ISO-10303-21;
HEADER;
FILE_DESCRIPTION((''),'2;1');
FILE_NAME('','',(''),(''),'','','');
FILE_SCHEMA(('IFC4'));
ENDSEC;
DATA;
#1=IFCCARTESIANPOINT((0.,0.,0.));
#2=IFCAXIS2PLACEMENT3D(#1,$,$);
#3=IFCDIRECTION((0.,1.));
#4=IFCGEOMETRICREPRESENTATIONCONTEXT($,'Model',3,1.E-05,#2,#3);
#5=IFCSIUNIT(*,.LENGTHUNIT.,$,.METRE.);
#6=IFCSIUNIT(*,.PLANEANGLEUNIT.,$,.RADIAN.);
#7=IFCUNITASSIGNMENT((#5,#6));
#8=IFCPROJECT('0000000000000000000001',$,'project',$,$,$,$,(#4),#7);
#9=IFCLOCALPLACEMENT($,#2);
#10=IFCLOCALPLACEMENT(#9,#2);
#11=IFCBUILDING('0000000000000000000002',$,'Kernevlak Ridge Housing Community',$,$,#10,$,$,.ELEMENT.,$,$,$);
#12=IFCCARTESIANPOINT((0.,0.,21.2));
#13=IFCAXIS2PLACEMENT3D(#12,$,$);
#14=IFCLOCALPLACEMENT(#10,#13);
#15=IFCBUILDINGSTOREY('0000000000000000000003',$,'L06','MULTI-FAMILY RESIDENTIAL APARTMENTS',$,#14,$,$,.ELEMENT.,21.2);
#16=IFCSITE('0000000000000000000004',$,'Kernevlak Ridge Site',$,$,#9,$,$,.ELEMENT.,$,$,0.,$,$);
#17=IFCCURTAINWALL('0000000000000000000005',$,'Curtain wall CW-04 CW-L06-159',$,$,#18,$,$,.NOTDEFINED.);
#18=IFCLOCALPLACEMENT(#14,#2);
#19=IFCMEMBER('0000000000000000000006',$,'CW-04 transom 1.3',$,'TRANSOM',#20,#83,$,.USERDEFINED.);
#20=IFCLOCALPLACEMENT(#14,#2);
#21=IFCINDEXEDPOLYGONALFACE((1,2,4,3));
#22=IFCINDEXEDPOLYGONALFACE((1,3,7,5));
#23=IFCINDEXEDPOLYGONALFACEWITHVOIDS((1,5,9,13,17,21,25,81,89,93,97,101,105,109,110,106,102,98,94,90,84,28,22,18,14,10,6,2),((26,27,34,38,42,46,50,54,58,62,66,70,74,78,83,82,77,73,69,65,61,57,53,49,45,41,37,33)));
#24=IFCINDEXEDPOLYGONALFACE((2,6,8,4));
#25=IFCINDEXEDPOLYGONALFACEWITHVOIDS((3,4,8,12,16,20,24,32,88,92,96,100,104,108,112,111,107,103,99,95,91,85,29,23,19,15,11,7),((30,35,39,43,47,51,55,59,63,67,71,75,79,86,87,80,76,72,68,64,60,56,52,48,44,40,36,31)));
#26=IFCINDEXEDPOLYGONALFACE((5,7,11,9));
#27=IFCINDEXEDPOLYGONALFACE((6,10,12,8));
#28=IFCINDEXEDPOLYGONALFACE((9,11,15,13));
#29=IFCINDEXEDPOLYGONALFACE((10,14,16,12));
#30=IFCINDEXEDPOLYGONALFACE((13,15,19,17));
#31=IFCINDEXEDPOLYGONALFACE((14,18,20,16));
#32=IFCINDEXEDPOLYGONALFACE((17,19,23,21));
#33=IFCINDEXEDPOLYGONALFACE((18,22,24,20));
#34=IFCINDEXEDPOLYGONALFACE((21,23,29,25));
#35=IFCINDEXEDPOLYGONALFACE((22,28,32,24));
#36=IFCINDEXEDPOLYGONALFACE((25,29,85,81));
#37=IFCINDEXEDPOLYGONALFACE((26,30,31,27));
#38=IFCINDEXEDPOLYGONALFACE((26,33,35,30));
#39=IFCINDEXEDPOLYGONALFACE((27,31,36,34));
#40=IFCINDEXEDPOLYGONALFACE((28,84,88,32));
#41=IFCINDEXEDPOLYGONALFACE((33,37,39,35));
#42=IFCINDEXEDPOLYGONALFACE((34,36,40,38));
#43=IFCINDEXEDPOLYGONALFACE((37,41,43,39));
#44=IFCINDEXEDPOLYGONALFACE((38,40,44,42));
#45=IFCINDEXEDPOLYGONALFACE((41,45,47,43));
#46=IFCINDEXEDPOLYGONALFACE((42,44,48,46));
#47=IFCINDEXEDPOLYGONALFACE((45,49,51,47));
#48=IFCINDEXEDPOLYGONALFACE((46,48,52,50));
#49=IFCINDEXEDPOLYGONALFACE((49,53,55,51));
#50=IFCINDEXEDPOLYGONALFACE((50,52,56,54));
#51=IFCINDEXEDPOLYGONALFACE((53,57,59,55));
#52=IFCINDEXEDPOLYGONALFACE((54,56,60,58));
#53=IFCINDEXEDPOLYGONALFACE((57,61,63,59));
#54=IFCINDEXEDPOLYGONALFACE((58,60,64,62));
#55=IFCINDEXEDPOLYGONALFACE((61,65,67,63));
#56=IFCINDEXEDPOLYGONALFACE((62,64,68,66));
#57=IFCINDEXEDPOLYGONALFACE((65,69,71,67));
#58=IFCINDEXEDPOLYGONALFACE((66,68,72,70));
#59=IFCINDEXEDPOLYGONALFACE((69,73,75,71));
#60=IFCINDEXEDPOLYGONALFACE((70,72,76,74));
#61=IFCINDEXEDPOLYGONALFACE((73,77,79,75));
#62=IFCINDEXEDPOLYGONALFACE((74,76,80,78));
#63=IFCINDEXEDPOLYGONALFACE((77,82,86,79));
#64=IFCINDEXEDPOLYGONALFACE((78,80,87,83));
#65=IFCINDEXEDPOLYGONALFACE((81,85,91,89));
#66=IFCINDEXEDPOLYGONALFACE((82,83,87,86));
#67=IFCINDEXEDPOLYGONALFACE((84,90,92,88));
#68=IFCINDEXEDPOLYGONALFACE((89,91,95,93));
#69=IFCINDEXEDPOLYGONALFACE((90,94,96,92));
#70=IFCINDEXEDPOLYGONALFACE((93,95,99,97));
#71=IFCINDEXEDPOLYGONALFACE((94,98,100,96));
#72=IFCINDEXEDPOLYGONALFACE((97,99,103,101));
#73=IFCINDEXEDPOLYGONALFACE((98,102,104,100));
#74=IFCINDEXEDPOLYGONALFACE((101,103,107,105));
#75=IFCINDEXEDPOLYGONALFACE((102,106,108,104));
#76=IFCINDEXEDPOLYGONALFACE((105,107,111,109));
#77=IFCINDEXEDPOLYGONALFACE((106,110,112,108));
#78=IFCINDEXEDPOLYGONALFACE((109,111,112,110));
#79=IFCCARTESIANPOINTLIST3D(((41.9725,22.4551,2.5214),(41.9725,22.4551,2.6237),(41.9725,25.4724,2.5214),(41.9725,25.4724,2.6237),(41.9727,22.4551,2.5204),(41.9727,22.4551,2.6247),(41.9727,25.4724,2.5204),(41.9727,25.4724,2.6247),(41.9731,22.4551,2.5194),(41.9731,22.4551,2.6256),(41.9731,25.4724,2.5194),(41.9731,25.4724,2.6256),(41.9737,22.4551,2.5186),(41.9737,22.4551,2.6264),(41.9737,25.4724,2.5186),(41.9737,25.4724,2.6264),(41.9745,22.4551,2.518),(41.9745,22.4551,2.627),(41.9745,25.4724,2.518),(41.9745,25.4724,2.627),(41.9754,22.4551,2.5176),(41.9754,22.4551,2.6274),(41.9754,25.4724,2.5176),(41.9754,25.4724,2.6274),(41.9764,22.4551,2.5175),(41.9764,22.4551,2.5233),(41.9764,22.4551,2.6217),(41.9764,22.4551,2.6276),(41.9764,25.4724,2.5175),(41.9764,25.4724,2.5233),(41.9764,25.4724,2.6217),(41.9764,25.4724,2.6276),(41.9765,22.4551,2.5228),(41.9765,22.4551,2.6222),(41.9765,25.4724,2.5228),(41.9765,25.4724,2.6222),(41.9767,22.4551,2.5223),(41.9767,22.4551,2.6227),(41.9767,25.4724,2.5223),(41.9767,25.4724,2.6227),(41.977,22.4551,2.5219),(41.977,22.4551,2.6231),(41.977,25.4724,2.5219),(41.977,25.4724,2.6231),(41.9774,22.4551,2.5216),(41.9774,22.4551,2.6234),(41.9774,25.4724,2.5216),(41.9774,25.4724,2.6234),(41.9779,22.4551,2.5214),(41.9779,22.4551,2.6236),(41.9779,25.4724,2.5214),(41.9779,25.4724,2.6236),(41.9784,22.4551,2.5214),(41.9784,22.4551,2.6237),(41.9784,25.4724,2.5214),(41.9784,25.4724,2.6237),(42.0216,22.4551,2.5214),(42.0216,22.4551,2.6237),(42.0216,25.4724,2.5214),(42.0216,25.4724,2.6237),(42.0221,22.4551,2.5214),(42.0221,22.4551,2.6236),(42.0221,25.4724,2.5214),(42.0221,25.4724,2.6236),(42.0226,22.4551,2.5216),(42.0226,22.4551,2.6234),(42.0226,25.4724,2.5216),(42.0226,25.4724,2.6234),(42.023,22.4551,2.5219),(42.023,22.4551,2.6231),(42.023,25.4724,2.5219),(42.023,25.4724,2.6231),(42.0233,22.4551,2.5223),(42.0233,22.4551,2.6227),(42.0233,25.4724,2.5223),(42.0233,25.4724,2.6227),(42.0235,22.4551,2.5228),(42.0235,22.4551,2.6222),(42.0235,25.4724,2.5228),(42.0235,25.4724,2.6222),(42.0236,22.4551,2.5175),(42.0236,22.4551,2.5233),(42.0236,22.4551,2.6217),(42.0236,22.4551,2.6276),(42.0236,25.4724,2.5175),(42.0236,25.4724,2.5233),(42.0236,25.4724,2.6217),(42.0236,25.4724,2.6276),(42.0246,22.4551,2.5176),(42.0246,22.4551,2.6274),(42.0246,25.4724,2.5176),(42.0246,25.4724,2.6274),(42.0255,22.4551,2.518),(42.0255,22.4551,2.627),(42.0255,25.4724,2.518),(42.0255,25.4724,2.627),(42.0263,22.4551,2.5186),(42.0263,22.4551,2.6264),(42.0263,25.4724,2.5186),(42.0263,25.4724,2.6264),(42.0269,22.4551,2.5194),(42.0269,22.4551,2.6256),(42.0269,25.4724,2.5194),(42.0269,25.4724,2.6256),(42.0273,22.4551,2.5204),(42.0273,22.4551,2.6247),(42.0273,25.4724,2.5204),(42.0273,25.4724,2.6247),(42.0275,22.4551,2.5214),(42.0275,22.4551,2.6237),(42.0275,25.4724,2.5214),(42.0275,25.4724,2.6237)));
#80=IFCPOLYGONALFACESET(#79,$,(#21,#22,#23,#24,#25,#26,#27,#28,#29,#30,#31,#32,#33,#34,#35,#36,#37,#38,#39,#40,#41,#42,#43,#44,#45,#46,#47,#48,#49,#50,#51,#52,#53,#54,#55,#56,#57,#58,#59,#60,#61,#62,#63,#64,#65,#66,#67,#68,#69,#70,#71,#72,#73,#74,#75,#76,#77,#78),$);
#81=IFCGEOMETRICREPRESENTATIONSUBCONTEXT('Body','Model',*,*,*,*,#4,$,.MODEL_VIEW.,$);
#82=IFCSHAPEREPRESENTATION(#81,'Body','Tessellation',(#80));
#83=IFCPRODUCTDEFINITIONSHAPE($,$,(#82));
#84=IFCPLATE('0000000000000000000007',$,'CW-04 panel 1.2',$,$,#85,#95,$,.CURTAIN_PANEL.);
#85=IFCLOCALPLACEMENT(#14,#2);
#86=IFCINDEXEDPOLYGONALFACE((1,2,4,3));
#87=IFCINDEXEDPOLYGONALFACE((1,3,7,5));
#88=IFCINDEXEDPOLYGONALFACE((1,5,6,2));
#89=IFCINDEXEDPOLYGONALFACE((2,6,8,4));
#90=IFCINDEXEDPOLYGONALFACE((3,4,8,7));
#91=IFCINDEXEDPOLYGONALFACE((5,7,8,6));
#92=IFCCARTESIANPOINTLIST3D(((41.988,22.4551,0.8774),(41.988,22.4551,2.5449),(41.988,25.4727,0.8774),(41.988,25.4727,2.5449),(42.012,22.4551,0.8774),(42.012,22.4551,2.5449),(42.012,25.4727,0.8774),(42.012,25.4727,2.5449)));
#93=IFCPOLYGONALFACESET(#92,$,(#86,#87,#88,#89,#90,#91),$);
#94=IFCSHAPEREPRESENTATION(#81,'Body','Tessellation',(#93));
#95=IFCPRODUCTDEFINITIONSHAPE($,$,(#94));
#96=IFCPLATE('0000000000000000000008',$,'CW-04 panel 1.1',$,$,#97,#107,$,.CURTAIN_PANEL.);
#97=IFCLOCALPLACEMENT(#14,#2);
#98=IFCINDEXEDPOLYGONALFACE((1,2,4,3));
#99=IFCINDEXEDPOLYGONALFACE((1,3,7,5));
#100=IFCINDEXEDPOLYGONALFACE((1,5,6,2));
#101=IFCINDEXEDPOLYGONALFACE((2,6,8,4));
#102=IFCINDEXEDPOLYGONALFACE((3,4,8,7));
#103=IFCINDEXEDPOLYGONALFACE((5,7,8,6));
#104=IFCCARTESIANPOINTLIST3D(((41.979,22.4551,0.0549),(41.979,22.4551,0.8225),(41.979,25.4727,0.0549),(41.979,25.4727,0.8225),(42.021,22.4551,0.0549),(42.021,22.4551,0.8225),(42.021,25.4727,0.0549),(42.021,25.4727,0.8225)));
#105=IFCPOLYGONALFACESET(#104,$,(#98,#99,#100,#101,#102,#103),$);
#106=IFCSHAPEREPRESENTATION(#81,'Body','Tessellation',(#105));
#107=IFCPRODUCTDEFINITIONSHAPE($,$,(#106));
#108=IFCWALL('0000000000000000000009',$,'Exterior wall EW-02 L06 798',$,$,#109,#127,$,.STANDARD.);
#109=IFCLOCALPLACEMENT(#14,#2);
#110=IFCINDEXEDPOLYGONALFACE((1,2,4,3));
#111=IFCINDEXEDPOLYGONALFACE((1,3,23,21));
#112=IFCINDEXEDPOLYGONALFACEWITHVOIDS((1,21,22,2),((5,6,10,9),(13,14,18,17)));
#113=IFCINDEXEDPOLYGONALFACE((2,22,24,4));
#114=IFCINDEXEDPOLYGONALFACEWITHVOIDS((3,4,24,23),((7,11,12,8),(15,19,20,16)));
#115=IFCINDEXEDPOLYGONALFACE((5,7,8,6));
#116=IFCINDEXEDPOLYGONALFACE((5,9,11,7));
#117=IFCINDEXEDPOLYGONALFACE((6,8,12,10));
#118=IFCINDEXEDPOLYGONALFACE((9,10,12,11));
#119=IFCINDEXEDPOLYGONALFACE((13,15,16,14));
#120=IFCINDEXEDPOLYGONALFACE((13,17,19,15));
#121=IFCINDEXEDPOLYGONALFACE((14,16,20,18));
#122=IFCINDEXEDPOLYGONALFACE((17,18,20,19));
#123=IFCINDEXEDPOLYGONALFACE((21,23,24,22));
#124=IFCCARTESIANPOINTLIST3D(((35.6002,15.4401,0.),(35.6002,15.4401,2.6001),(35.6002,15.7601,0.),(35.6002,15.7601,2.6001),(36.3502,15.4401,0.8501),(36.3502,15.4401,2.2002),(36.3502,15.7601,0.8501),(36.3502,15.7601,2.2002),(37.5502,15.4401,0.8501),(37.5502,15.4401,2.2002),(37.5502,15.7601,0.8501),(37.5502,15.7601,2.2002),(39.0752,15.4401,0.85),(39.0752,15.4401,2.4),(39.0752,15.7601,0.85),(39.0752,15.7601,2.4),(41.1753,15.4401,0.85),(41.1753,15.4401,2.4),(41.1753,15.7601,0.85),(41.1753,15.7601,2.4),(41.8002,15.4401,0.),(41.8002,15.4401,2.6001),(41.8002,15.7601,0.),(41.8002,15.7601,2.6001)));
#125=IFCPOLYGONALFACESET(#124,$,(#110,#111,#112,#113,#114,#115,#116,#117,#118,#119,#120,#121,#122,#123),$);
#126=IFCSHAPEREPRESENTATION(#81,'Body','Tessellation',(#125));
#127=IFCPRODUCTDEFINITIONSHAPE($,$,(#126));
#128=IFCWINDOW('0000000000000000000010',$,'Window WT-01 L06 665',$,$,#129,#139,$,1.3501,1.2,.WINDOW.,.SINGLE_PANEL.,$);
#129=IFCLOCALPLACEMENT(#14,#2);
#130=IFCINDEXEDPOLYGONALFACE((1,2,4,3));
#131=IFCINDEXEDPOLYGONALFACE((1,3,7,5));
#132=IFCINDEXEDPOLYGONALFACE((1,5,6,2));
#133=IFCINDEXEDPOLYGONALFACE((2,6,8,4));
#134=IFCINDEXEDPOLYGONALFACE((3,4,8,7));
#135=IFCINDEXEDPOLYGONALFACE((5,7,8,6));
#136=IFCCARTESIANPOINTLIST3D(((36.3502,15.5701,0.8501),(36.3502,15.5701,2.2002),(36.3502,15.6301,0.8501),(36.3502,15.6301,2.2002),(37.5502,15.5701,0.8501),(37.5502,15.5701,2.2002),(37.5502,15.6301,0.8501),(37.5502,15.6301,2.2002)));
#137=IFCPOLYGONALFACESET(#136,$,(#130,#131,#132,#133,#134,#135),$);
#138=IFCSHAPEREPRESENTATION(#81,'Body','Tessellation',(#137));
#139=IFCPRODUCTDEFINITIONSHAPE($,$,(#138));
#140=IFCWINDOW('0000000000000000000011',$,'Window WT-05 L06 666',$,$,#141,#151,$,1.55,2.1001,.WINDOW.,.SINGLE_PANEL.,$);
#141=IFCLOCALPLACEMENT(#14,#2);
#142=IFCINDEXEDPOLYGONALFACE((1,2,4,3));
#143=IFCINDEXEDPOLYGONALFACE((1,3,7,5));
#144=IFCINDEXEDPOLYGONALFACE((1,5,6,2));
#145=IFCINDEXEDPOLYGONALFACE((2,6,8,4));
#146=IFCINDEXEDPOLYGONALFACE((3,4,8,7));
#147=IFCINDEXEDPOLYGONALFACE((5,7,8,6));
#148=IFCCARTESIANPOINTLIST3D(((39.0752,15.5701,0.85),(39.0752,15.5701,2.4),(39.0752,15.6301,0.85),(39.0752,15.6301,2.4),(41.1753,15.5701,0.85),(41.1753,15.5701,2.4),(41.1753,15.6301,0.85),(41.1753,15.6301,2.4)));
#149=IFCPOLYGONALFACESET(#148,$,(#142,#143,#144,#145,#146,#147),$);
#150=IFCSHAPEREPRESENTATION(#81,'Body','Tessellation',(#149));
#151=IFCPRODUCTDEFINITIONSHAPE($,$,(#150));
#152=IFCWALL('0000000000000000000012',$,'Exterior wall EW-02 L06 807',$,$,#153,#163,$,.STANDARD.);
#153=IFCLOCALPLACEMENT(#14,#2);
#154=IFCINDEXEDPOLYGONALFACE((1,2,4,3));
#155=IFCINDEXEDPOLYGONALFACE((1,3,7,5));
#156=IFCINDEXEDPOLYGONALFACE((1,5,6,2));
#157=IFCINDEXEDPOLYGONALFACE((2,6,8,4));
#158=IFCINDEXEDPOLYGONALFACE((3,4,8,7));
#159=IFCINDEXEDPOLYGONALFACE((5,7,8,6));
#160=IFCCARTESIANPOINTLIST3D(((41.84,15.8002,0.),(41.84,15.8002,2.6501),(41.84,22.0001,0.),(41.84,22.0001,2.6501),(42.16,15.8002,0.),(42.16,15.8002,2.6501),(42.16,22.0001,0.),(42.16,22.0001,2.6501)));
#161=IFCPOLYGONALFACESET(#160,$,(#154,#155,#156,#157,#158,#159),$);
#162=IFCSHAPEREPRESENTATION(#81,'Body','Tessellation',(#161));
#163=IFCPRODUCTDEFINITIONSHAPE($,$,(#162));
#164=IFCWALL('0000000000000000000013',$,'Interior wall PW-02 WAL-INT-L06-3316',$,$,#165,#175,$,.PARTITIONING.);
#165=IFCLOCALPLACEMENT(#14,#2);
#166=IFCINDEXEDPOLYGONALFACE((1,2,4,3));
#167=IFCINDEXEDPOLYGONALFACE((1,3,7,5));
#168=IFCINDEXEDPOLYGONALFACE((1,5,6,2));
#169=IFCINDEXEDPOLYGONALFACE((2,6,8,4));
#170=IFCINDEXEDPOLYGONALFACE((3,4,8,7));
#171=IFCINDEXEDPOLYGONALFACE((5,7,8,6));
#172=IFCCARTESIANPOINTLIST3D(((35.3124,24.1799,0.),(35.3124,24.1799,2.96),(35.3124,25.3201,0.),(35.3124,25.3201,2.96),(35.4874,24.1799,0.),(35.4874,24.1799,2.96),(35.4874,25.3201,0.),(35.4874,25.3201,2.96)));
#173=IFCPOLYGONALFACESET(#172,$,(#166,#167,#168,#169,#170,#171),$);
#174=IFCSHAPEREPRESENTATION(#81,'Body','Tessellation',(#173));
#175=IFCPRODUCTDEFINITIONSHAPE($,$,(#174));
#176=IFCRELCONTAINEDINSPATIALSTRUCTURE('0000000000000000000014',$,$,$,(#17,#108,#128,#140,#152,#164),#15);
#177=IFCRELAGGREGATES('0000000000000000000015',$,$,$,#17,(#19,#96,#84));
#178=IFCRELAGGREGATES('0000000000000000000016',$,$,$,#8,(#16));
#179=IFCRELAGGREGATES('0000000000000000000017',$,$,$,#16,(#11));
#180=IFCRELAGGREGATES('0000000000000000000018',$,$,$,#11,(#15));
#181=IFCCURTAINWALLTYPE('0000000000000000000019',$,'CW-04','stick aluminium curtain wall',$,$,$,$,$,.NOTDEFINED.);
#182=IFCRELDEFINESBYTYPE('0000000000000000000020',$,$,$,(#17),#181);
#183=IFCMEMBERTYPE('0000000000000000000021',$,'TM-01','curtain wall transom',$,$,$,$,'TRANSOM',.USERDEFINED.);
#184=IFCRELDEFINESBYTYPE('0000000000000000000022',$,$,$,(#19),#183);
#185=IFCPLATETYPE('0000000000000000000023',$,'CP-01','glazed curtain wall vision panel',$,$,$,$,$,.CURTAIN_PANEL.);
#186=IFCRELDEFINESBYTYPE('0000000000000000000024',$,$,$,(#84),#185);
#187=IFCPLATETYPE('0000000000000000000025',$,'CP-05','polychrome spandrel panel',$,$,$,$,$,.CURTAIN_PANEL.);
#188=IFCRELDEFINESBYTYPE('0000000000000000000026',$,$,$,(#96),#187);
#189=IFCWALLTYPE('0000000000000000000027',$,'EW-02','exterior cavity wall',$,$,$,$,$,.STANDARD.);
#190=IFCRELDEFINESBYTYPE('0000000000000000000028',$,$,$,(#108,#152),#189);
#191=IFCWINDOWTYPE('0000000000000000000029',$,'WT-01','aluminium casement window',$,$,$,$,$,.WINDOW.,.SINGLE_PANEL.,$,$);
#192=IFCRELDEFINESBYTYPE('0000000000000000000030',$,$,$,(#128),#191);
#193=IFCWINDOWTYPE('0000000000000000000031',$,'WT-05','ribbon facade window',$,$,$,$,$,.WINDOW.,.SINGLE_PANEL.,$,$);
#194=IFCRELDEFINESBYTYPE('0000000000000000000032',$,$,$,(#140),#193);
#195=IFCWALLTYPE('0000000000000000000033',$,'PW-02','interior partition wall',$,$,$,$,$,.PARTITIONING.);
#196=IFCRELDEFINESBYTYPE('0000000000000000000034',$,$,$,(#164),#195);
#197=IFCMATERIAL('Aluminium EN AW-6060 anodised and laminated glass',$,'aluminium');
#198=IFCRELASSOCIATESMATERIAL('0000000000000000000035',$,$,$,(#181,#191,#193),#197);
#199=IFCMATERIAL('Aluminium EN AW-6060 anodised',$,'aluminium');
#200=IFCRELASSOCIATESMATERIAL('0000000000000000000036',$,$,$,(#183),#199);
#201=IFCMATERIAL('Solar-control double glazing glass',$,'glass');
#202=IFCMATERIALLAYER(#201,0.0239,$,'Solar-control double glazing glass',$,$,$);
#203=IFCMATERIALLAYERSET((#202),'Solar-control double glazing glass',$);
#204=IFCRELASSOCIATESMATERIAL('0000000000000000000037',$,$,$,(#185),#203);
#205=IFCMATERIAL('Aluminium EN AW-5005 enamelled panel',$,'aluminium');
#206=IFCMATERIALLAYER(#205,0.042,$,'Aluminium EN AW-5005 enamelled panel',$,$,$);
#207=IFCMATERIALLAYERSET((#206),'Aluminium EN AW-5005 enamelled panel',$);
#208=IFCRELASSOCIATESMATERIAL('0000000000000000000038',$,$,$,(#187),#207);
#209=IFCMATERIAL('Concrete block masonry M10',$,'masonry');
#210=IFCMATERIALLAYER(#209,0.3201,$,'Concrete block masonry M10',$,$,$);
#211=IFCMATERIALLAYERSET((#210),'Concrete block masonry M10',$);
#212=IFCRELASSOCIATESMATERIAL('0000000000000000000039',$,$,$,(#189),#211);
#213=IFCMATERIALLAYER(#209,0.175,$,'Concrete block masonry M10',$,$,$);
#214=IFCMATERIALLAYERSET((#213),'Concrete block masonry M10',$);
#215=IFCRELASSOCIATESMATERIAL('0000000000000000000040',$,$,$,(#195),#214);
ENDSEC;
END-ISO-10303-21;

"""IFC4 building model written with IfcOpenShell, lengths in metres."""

from ifc_helpers import new_model, si_unit, direction, frame, frame_2d, origin, origin_2d, place, context, subcontext, project, spatial, rectangle, hollow_rectangle, extrude, material, layer, layer_set, material_profile, profile_set, type_object, element, fill, aggregate, save


model = new_model("IFC4")

# Units and contexts
model_context = context("Model", 3, precision=1e-05, world=origin(), true_north=direction((0.0, 1.0)))
body_context = subcontext(model_context, "Body", "Model", "MODEL_VIEW")
ifc_project = project(units=[si_unit("LENGTHUNIT", "METRE"), si_unit("PLANEANGLEUNIT", "RADIAN")], contexts=[model_context])

# Site, building, storey
site_placement = place(None, origin())
site = spatial("IfcSite", under=ifc_project, at=site_placement, Name="Kernevlak Ridge Site", CompositionType="ELEMENT", RefElevation=0.0)
building_placement = place(site_placement, origin())
building = spatial("IfcBuilding", under=site, at=building_placement, Name="Kernevlak Ridge Housing Community", CompositionType="ELEMENT")
storey_placement = place(building_placement, frame((0.0, 0.0, 21.2)))
storey = spatial("IfcBuildingStorey", under=building, at=storey_placement, Name="L06", Description="MULTI-FAMILY RESIDENTIAL APARTMENTS", CompositionType="ELEMENT", Elevation=21.2)

# Curtain wall
ifc_material_1 = material(Name="Aluminium EN AW-6060 anodised and laminated glass", Category="aluminium")
curtain_wall_type = type_object("IfcCurtainWallType", Name="CW-04", Description="stick aluminium curtain wall", PredefinedType="NOTDEFINED", material=ifc_material_1)
curtain_wall_placement = place(storey_placement, origin())
curtain_wall = element("IfcCurtainWall", 1, at=curtain_wall_placement, inside=storey, type_object=curtain_wall_type, Name="Curtain wall CW-04 CW-L06-159", PredefinedType="NOTDEFINED")
ifc_material_2 = material(Name="Aluminium EN AW-6060 anodised", Category="aluminium")

# Member
ifc_material_profile_1 = material_profile(ifc_material_2, hollow_rectangle(XDim=0.0549, YDim=0.1101, WallThickness=0.0039, InnerFilletRadius=0.002, OuterFilletRadius=0.0039, at=origin_2d()), Name="ALU 55x110x4")
ifc_profile_set_1 = profile_set([ifc_material_profile_1], Name="Aluminium EN AW-6060 anodised")
member_type_1 = type_object("IfcMemberType", Name="TM-01", Description="curtain wall transom", ElementType="TRANSOM", PredefinedType="USERDEFINED", material=ifc_profile_set_1)
member_1_placement = place(storey_placement, frame((42.0, 22.4551, 2.5725), z_axis=(0.0, 1.0, 0.0), x_axis=(-1.0, 0.0, 0.0)))
member_1 = element("IfcMember", 2, at=member_1_placement, type_object=member_type_1, Name="CW-04 transom 1.3", ObjectType="TRANSOM", PredefinedType="USERDEFINED", context=body_context, shape_type="SweptSolid", body=[
    extrude(hollow_rectangle(XDim=0.0549, YDim=0.1101, WallThickness=0.0039, InnerFilletRadius=0.002, OuterFilletRadius=0.0039, at=origin_2d()), origin(), (0.0, 0.0, 1.0), 3.0173),
])

# Plates
ifc_material_3 = material(Name="Solar-control double glazing glass", Category="glass")
ifc_layer_1 = layer(ifc_material_3, 0.0239, Name="Solar-control double glazing glass")
ifc_layer_set_1 = layer_set([ifc_layer_1], Name="Solar-control double glazing glass")
plate_type_1 = type_object("IfcPlateType", Name="CP-01", Description="glazed curtain wall vision panel", PredefinedType="CURTAIN_PANEL", material=ifc_layer_set_1)
plate_1_placement = place(storey_placement, frame((42.0, 23.9639, 0.8774), z_axis=(0.0, 0.0, 1.0), x_axis=(0.0, 1.0, 0.0)))
plate_1 = element("IfcPlate", 3, at=plate_1_placement, type_object=plate_type_1, Name="CW-04 panel 1.2", PredefinedType="CURTAIN_PANEL", context=body_context, shape_type="SweptSolid", body=[
    extrude(rectangle(XDim=3.0176, YDim=0.0239, at=origin_2d()), origin(), (0.0, 0.0, 1.0), 1.6675),
])
ifc_material_4 = material(Name="Aluminium EN AW-5005 enamelled panel", Category="aluminium")
ifc_layer_2 = layer(ifc_material_4, 0.042, Name="Aluminium EN AW-5005 enamelled panel")
ifc_layer_set_2 = layer_set([ifc_layer_2], Name="Aluminium EN AW-5005 enamelled panel")
plate_type_2 = type_object("IfcPlateType", Name="CP-05", Description="polychrome spandrel panel", PredefinedType="CURTAIN_PANEL", material=ifc_layer_set_2)
plate_2_placement = place(storey_placement, frame((42.0, 23.9639, 0.0549), z_axis=(0.0, 0.0, 1.0), x_axis=(0.0, 1.0, 0.0)))
plate_2 = element("IfcPlate", 4, at=plate_2_placement, type_object=plate_type_2, Name="CW-04 panel 1.1", PredefinedType="CURTAIN_PANEL", context=body_context, shape_type="SweptSolid", body=[
    extrude(rectangle(XDim=3.0176, YDim=0.042, at=origin_2d()), origin(), (0.0, 0.0, 1.0), 0.7676),
])
aggregate(curtain_wall, [member_1, plate_2, plate_1])

# Wall, openings, windows
ifc_material_5 = material(Name="Concrete block masonry M10", Category="masonry")
ifc_layer_3 = layer(ifc_material_5, 0.3201, Name="Concrete block masonry M10")
ifc_layer_set_3 = layer_set([ifc_layer_3], Name="Concrete block masonry M10")
wall_type_1 = type_object("IfcWallType", Name="EW-02", Description="exterior cavity wall", PredefinedType="STANDARD", material=ifc_layer_set_3)
wall_1_placement = place(storey_placement, frame((35.6001, 15.6001, 0.0), z_axis=(0.0, 0.0, 1.0), x_axis=(1.0, 0.0, 0.0)))
wall_1 = element("IfcWall", 5, at=wall_1_placement, inside=storey, type_object=wall_type_1, Name="Exterior wall EW-02 L06 798", PredefinedType="STANDARD", context=body_context, shape_type="SweptSolid", body=[
    extrude(rectangle(XDim=6.2, YDim=0.3201, at=frame_2d((3.1001, 0.0))), origin(), (0.0, 0.0, 1.0), 2.6001),
])
opening_1_placement = place(wall_1_placement, frame((0.75, 0.0, 0.8501)))
opening_1 = element("IfcOpeningElement", 6, at=opening_1_placement, cuts=wall_1, PredefinedType="OPENING", context=body_context, shape_type="SweptSolid", body=[
    extrude(rectangle(XDim=1.2, YDim=1.3501, at=frame_2d((0.6001, 0.675))), frame((0.0, 0.1699, 0.0), z_axis=(0.0, -1.0, 0.0), x_axis=(1.0, 0.0, 0.0)), (0.0, 0.0, 1.0), 0.3401),
])
opening_2_placement = place(wall_1_placement, frame((3.4751, 0.0, 0.8501)))
opening_2 = element("IfcOpeningElement", 7, at=opening_2_placement, cuts=wall_1, PredefinedType="OPENING", context=body_context, shape_type="SweptSolid", body=[
    extrude(rectangle(XDim=2.1001, YDim=1.55, at=frame_2d((1.05, 0.7749))), frame((0.0, 0.1699, 0.0), z_axis=(0.0, -1.0, 0.0), x_axis=(1.0, 0.0, 0.0)), (0.0, 0.0, 1.0), 0.3401),
])
window_type_1 = type_object("IfcWindowType", Name="WT-01", Description="aluminium casement window", PartitioningType="SINGLE_PANEL", PredefinedType="WINDOW", material=ifc_material_1)
window_1_placement = place(opening_1_placement, origin())
window_1 = element("IfcWindow", 8, at=window_1_placement, inside=storey, type_object=window_type_1, Name="Window WT-01 L06 665", OverallHeight=1.3501, OverallWidth=1.2, PartitioningType="SINGLE_PANEL", PredefinedType="WINDOW", context=body_context, shape_type="SweptSolid", body=[
    extrude(rectangle(XDim=1.2, YDim=1.3501, at=frame_2d((0.6001, 0.675))), frame((0.0, 0.03, 0.0), z_axis=(0.0, -1.0, 0.0), x_axis=(1.0, 0.0, 0.0)), (0.0, 0.0, 1.0), 0.0601),
])
fill(opening_1, window_1)
window_type_2 = type_object("IfcWindowType", Name="WT-05", Description="ribbon facade window", PartitioningType="SINGLE_PANEL", PredefinedType="WINDOW", material=ifc_material_1)
window_2_placement = place(opening_2_placement, origin())
window_2 = element("IfcWindow", 9, at=window_2_placement, inside=storey, type_object=window_type_2, Name="Window WT-05 L06 666", OverallHeight=1.55, OverallWidth=2.1001, PartitioningType="SINGLE_PANEL", PredefinedType="WINDOW", context=body_context, shape_type="SweptSolid", body=[
    extrude(rectangle(XDim=2.1001, YDim=1.55, at=frame_2d((1.05, 0.7749))), frame((0.0, 0.03, 0.0), z_axis=(0.0, -1.0, 0.0), x_axis=(1.0, 0.0, 0.0)), (0.0, 0.0, 1.0), 0.0601),
])
fill(opening_2, window_2)

# Walls
wall_2_placement = place(storey_placement, frame((42.0, 15.8, 0.0), z_axis=(0.0, 0.0, 1.0), x_axis=(0.0, 1.0, 0.0)))
element("IfcWall", 10, at=wall_2_placement, inside=storey, type_object=wall_type_1, Name="Exterior wall EW-02 L06 807", PredefinedType="STANDARD", context=body_context, shape_type="SweptSolid", body=[
    extrude(rectangle(XDim=6.2, YDim=0.3201, at=frame_2d((3.1001, 0.0))), origin(), (0.0, 0.0, 1.0), 2.6501),
])
ifc_layer_4 = layer(ifc_material_5, 0.175, Name="Concrete block masonry M10")
ifc_layer_set_4 = layer_set([ifc_layer_4], Name="Concrete block masonry M10")
wall_type_2 = type_object("IfcWallType", Name="PW-02", Description="interior partition wall", PredefinedType="PARTITIONING", material=ifc_layer_set_4)
wall_3_placement = place(storey_placement, frame((35.3999, 24.1799, 0.0), z_axis=(0.0, 0.0, 1.0), x_axis=(0.0, 1.0, 0.0)))
element("IfcWall", 11, at=wall_3_placement, inside=storey, type_object=wall_type_2, Name="Interior wall PW-02 WAL-INT-L06-3316", PredefinedType="PARTITIONING", context=body_context, shape_type="SweptSolid", body=[
    extrude(rectangle(XDim=1.1401, YDim=0.175, at=frame_2d((0.5701, 0.0))), origin(), (0.0, 0.0, 1.0), 2.96),
])

save(model, "model.ifc")
